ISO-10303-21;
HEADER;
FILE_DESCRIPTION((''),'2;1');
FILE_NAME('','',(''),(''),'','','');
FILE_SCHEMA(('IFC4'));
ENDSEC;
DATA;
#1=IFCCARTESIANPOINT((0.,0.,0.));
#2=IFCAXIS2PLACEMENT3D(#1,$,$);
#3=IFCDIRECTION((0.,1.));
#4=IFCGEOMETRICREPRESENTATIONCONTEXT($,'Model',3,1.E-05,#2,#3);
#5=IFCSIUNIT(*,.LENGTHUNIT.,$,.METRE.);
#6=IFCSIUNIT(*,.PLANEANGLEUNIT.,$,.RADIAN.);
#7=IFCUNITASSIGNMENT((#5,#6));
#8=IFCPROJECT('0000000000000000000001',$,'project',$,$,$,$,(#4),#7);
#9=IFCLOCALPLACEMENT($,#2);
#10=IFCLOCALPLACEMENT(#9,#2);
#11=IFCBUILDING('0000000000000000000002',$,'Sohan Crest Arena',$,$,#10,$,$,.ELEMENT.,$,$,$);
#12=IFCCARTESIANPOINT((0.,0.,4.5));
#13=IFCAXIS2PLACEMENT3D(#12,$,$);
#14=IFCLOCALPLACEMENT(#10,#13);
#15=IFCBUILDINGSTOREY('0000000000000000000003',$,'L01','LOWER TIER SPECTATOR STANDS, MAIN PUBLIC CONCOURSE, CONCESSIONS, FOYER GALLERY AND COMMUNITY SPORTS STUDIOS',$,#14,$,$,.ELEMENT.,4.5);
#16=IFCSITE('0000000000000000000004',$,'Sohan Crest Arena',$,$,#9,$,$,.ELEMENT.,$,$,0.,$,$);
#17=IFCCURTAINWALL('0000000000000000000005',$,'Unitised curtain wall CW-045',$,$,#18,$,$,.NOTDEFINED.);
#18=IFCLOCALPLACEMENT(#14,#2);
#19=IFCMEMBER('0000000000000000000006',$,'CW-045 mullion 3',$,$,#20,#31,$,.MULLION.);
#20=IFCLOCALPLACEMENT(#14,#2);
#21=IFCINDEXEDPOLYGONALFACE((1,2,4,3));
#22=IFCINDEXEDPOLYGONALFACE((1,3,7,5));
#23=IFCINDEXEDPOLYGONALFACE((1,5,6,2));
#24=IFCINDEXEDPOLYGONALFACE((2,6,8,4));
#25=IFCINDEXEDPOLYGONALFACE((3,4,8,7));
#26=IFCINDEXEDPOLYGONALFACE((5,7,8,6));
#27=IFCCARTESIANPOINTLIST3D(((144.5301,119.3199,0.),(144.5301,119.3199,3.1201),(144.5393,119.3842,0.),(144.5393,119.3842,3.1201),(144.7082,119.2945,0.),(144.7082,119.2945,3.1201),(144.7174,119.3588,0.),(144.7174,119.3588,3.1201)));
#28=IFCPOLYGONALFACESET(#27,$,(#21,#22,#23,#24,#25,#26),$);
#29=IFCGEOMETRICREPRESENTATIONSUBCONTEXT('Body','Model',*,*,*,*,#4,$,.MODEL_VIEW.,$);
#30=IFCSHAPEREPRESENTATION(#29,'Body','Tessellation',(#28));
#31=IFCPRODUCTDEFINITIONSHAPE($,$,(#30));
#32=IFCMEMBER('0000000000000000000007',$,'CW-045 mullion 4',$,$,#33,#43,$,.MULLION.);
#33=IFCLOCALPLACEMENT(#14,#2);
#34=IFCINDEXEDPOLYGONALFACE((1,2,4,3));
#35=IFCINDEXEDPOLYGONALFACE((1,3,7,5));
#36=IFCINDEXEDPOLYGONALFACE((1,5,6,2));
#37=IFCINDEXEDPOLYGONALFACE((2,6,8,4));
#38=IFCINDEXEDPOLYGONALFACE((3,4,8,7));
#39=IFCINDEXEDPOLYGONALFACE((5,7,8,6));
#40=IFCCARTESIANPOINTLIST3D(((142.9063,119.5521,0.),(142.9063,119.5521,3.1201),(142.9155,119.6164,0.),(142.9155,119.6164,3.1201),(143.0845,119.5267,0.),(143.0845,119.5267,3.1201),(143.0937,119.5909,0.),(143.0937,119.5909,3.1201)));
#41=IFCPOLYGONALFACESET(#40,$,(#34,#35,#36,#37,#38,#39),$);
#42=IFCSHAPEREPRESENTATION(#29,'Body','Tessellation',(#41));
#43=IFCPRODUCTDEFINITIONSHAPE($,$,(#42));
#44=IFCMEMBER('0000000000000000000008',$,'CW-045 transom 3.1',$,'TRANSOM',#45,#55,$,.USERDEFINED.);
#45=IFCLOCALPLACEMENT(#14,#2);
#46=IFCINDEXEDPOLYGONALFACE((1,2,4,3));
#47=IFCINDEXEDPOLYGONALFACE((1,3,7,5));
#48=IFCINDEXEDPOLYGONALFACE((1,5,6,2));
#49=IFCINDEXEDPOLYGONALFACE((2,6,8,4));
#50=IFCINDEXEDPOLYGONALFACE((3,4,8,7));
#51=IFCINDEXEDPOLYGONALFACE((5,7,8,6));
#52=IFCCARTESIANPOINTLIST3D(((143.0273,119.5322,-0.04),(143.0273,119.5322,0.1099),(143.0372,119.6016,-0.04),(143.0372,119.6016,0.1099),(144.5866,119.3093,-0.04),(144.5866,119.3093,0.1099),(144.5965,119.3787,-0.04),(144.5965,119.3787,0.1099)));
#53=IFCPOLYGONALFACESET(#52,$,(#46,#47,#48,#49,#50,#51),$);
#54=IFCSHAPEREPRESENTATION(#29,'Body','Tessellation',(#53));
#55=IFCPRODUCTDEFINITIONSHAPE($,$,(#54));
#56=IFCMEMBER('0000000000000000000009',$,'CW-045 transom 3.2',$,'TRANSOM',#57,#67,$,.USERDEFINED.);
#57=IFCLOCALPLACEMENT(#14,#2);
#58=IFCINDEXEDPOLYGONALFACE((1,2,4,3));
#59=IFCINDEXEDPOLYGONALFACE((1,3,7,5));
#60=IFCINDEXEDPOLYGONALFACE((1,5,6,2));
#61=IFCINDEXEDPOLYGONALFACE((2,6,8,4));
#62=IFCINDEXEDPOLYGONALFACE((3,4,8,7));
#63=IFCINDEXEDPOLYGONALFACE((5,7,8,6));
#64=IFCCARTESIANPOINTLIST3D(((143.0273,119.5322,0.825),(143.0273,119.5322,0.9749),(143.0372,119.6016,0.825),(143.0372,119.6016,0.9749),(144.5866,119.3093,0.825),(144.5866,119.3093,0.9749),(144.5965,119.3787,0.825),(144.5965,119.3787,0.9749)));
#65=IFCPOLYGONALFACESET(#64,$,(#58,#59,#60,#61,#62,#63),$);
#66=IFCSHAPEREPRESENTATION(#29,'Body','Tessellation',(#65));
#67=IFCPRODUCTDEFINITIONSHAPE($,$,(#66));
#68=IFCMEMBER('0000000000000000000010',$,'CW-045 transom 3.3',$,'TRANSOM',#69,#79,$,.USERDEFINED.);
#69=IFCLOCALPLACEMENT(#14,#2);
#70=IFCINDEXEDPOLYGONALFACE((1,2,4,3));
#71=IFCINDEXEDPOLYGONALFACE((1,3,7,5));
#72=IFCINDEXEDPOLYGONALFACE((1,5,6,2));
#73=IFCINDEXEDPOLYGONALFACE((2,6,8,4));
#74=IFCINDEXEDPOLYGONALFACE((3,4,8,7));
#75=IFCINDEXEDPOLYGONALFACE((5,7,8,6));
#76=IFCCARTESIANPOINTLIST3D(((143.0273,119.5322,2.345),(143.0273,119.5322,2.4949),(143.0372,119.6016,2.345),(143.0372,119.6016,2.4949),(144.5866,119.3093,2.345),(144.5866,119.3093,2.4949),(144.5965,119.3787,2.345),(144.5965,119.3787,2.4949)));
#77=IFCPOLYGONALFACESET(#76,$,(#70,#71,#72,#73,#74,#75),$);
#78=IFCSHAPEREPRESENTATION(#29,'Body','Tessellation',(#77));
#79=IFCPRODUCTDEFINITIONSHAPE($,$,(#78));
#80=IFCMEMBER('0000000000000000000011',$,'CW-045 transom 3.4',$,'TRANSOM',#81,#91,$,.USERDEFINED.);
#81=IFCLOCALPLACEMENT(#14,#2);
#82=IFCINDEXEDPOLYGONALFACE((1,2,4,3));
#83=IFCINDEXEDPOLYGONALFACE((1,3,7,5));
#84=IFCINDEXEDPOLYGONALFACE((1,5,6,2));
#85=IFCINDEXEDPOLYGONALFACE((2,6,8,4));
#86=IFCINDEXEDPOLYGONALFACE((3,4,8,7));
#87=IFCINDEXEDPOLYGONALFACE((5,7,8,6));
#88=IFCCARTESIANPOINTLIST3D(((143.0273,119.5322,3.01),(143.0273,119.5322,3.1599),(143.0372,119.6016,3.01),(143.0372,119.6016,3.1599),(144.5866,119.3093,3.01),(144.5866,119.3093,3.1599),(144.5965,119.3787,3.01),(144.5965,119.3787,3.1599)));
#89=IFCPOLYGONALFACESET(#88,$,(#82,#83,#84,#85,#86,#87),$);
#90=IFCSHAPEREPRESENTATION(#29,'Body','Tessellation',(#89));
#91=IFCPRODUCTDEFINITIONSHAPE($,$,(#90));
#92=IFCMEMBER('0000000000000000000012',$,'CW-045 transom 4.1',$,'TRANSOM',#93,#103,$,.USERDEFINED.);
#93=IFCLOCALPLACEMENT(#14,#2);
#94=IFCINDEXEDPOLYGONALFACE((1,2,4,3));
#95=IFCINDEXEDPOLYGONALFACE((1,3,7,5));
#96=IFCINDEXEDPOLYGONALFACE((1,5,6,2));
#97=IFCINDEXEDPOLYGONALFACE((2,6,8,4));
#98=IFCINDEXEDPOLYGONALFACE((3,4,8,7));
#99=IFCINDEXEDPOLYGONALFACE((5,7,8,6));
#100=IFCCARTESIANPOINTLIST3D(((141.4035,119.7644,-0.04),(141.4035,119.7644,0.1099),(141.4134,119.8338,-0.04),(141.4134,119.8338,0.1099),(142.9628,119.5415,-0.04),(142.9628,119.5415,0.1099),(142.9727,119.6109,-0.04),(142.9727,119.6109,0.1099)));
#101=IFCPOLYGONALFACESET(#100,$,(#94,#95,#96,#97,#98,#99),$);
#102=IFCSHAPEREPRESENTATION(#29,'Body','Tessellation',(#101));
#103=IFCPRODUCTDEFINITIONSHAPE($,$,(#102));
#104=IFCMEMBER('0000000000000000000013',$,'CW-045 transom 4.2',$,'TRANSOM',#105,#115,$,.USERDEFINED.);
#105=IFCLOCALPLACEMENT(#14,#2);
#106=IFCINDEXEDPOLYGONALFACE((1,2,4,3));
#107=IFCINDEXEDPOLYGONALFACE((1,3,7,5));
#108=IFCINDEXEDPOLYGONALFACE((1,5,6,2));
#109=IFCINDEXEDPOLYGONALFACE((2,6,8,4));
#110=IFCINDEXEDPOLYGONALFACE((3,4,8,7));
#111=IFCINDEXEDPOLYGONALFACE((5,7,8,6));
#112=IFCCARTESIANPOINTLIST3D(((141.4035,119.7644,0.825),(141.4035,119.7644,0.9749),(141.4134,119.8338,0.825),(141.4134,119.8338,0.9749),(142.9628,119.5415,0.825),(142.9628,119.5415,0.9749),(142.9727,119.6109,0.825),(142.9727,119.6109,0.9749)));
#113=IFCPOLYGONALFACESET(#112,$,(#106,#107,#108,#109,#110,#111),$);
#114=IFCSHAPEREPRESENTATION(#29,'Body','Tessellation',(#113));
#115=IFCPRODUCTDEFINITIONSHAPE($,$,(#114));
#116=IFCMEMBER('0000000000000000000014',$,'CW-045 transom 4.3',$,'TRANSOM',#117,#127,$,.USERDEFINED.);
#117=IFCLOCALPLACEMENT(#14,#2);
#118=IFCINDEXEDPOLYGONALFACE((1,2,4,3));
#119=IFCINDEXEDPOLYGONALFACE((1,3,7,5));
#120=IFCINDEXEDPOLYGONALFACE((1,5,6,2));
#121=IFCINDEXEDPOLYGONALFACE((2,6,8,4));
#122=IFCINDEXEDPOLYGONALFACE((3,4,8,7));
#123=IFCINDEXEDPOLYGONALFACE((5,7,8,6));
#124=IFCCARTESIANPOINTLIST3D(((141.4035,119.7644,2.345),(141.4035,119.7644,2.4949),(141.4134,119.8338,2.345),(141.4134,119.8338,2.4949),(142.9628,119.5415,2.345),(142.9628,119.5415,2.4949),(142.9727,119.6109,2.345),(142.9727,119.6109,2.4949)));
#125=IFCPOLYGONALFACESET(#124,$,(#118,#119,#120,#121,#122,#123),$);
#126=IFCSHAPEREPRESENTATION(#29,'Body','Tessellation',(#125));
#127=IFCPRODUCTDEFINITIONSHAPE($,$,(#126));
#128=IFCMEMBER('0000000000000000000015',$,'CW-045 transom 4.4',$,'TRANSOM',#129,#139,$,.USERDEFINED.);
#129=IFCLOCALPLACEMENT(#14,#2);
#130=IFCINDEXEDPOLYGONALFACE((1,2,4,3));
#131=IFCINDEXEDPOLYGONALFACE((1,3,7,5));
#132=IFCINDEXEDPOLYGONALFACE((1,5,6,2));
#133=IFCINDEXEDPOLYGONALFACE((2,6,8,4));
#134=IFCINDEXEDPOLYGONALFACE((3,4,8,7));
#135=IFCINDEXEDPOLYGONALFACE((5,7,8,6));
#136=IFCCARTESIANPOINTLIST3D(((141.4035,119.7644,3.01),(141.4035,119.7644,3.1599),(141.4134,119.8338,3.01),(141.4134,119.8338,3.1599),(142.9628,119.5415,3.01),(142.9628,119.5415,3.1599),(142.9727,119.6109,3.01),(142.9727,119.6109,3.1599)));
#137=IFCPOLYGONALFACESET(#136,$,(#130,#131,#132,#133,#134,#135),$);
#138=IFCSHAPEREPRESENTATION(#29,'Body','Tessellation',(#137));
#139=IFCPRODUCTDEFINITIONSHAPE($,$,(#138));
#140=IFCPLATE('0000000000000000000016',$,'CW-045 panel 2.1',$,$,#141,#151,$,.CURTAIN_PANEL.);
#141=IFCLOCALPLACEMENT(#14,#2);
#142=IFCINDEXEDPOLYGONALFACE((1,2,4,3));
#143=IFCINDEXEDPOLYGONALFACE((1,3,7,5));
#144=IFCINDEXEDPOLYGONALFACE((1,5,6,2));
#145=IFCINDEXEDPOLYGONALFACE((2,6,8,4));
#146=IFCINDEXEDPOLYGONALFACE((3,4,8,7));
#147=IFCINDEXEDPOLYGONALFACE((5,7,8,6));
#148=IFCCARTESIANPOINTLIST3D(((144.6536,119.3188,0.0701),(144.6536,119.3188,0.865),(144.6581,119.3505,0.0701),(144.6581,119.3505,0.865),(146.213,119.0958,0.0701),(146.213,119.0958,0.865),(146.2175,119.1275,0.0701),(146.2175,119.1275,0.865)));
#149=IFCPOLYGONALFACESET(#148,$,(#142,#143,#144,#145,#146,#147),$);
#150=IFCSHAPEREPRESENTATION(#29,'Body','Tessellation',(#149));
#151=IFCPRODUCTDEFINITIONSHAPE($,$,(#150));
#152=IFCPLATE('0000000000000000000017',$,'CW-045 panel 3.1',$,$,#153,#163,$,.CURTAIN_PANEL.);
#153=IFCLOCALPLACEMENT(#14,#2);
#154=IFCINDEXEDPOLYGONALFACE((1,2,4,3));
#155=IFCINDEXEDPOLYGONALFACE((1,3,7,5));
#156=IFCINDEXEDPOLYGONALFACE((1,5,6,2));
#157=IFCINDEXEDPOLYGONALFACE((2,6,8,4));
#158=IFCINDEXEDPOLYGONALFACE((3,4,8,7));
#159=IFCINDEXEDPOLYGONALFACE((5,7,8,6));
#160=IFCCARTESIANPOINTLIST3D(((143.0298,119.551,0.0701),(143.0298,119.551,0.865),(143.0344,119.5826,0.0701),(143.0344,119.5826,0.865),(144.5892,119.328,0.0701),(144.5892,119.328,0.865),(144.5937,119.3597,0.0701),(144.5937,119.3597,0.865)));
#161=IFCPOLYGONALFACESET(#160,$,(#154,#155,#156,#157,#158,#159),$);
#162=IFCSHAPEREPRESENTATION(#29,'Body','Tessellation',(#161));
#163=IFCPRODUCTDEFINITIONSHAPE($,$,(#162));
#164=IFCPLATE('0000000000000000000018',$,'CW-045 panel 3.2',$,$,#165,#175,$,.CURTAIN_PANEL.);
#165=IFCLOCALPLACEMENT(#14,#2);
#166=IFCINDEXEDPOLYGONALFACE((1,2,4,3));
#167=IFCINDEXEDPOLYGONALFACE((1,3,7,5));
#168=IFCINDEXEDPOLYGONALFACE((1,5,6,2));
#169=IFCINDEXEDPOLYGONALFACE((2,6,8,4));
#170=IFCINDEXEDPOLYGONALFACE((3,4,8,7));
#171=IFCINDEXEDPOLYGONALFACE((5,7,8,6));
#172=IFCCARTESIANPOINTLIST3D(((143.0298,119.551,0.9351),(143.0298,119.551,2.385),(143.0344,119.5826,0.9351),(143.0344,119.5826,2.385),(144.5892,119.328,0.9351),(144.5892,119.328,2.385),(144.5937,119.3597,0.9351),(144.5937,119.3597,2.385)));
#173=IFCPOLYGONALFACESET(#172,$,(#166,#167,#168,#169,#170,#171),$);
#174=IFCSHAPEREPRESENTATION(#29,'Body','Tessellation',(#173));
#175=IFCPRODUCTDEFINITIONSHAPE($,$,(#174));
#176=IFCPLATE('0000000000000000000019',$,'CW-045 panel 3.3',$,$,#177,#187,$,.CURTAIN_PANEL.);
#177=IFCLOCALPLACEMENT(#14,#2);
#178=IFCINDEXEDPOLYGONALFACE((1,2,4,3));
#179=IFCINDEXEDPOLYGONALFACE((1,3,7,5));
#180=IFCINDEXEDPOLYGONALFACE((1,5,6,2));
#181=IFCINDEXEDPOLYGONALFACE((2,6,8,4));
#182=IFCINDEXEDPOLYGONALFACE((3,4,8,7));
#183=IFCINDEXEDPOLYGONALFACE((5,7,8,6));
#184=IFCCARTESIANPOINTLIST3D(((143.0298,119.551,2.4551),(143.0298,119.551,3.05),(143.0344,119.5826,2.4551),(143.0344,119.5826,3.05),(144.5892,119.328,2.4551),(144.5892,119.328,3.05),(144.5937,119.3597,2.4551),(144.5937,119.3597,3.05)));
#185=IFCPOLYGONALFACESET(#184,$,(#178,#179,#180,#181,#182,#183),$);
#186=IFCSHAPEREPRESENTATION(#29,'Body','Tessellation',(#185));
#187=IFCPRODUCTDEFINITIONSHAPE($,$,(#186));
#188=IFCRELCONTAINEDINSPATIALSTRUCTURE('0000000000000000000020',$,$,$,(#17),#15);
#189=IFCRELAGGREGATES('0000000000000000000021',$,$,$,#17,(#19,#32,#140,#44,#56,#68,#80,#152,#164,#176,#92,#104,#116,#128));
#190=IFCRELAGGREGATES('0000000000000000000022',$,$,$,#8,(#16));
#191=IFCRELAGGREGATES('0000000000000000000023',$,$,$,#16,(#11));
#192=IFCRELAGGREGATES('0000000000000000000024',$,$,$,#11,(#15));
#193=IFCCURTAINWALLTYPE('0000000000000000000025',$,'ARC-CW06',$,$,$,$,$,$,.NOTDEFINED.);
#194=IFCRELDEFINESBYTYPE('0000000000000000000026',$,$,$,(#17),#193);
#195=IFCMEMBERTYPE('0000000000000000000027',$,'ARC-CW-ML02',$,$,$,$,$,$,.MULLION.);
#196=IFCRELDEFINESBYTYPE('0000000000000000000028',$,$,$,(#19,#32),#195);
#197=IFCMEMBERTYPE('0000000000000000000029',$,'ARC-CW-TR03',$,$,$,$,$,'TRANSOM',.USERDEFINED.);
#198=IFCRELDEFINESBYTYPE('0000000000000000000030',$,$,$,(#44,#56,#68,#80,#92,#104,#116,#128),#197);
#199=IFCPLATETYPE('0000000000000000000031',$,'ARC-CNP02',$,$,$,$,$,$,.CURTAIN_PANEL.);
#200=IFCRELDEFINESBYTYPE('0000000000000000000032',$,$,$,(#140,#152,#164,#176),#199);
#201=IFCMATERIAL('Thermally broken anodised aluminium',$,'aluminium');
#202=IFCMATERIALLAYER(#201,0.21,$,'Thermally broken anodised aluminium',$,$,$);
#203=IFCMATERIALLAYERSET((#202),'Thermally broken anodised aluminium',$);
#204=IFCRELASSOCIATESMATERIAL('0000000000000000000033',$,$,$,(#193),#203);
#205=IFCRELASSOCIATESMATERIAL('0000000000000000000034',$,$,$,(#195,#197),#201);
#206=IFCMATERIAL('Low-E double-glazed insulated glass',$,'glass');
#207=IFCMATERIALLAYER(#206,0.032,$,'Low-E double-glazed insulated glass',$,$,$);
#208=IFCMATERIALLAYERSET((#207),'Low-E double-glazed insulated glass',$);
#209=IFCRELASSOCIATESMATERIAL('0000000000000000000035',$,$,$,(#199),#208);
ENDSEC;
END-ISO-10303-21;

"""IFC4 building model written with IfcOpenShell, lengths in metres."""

from ifc_helpers import new_model, si_unit, direction, frame, origin, origin_2d, place, context, subcontext, project, spatial, rectangle, extrude, material, layer, layer_set, material_profile, profile_set, type_object, element, aggregate, save


model = new_model("IFC4")

# Units and contexts
model_context = context("Model", 3, precision=1e-05, world=origin(), true_north=direction((0.0, 1.0)))
body_context = subcontext(model_context, "Body", "Model", "MODEL_VIEW")
ifc_project = project(units=[si_unit("LENGTHUNIT", "METRE"), si_unit("PLANEANGLEUNIT", "RADIAN")], contexts=[model_context])

# Site, building, storey
site_placement = place(None, origin())
site = spatial("IfcSite", under=ifc_project, at=site_placement, Name="Sohan Crest Arena", CompositionType="ELEMENT", RefElevation=0.0)
building_placement = place(site_placement, origin())
building = spatial("IfcBuilding", under=site, at=building_placement, Name="Sohan Crest Arena", CompositionType="ELEMENT")
storey_placement = place(building_placement, frame((0.0, 0.0, 4.5)))
storey = spatial("IfcBuildingStorey", under=building, at=storey_placement, Name="L01", Description="LOWER TIER SPECTATOR STANDS, MAIN PUBLIC CONCOURSE, CONCESSIONS, FOYER GALLERY AND COMMUNITY SPORTS STUDIOS", CompositionType="ELEMENT", Elevation=4.5)

# Curtain wall, members, plates
ifc_material_1 = material(Name="Thermally broken anodised aluminium", Category="aluminium")
ifc_layer_1 = layer(ifc_material_1, 0.21, Name="Thermally broken anodised aluminium")
ifc_layer_set_1 = layer_set([ifc_layer_1], Name="Thermally broken anodised aluminium")
curtain_wall_type = type_object("IfcCurtainWallType", Name="ARC-CW06", PredefinedType="NOTDEFINED", material=ifc_layer_set_1)
curtain_wall_placement = place(storey_placement, origin())
curtain_wall = element("IfcCurtainWall", 1, at=curtain_wall_placement, inside=storey, type_object=curtain_wall_type, Name="Unitised curtain wall CW-045", PredefinedType="NOTDEFINED")
ifc_material_profile_1 = material_profile(ifc_material_1, rectangle(XDim=0.0649, YDim=0.1799, at=origin_2d()), Name="ALU-MULL 65x180")
ifc_profile_set_1 = profile_set([ifc_material_profile_1], Name="Thermally broken anodised aluminium")
member_type_1 = type_object("IfcMemberType", Name="ARC-CW-ML02", PredefinedType="MULLION", material=ifc_profile_set_1)
member_1_placement = place(storey_placement, frame((144.6238, 119.3394, 0.0), z_axis=(0.0, 0.0, 1.0), x_axis=(-0.141549, -0.989931, 0.0)))
member_1 = element("IfcMember", 2, at=member_1_placement, type_object=member_type_1, Name="CW-045 mullion 3", PredefinedType="MULLION", context=body_context, shape_type="SweptSolid", body=[
    extrude(rectangle(XDim=0.0649, YDim=0.1799, at=origin_2d()), origin(), (0.0, 0.0, 1.0), 3.1201),
])
member_2_placement = place(storey_placement, frame((143.0, 119.5715, 0.0), z_axis=(0.0, 0.0, 1.0), x_axis=(-0.141549, -0.989931, 0.0)))
member_2 = element("IfcMember", 3, at=member_2_placement, type_object=member_type_1, Name="CW-045 mullion 4", PredefinedType="MULLION", context=body_context, shape_type="SweptSolid", body=[
    extrude(rectangle(XDim=0.0649, YDim=0.1799, at=origin_2d()), origin(), (0.0, 0.0, 1.0), 3.1201),
])
ifc_material_profile_2 = material_profile(ifc_material_1, rectangle(XDim=0.0701, YDim=0.1499, at=origin_2d()), Name="ALU-TRAN 70x150")
ifc_profile_set_2 = profile_set([ifc_material_profile_2], Name="Thermally broken anodised aluminium")
member_type_2 = type_object("IfcMemberType", Name="ARC-CW-TR03", ElementType="TRANSOM", PredefinedType="USERDEFINED", material=ifc_profile_set_2)
member_3_placement = place(storey_placement, frame((144.5916, 119.344, 0.0349), z_axis=(-0.989937, 0.141508, 0.0), x_axis=(-0.141508, -0.989937, 0.0)))
member_3 = element("IfcMember", 4, at=member_3_placement, type_object=member_type_2, Name="CW-045 transom 3.1", ObjectType="TRANSOM", PredefinedType="USERDEFINED", context=body_context, shape_type="SweptSolid", body=[
    extrude(rectangle(XDim=0.0701, YDim=0.1499, at=origin_2d()), origin(), (0.0, 0.0, 1.0), 1.5752),
])
member_4_placement = place(storey_placement, frame((144.5916, 119.344, 0.8999), z_axis=(-0.989937, 0.141508, 0.0), x_axis=(-0.141508, -0.989937, 0.0)))
member_4 = element("IfcMember", 5, at=member_4_placement, type_object=member_type_2, Name="CW-045 transom 3.2", ObjectType="TRANSOM", PredefinedType="USERDEFINED", context=body_context, shape_type="SweptSolid", body=[
    extrude(rectangle(XDim=0.0701, YDim=0.1499, at=origin_2d()), origin(), (0.0, 0.0, 1.0), 1.5752),
])
member_5_placement = place(storey_placement, frame((144.5916, 119.344, 2.4199), z_axis=(-0.989937, 0.141508, 0.0), x_axis=(-0.141508, -0.989937, 0.0)))
member_5 = element("IfcMember", 6, at=member_5_placement, type_object=member_type_2, Name="CW-045 transom 3.3", ObjectType="TRANSOM", PredefinedType="USERDEFINED", context=body_context, shape_type="SweptSolid", body=[
    extrude(rectangle(XDim=0.0701, YDim=0.1499, at=origin_2d()), origin(), (0.0, 0.0, 1.0), 1.5752),
])
member_6_placement = place(storey_placement, frame((144.5916, 119.344, 3.085), z_axis=(-0.989937, 0.141508, 0.0), x_axis=(-0.141508, -0.989937, 0.0)))
member_6 = element("IfcMember", 7, at=member_6_placement, type_object=member_type_2, Name="CW-045 transom 3.4", ObjectType="TRANSOM", PredefinedType="USERDEFINED", context=body_context, shape_type="SweptSolid", body=[
    extrude(rectangle(XDim=0.0701, YDim=0.1499, at=origin_2d()), origin(), (0.0, 0.0, 1.0), 1.5752),
])
member_7_placement = place(storey_placement, frame((142.9678, 119.5762, 0.0349), z_axis=(-0.989937, 0.141508, 0.0), x_axis=(-0.141508, -0.989937, 0.0)))
member_7 = element("IfcMember", 8, at=member_7_placement, type_object=member_type_2, Name="CW-045 transom 4.1", ObjectType="TRANSOM", PredefinedType="USERDEFINED", context=body_context, shape_type="SweptSolid", body=[
    extrude(rectangle(XDim=0.0701, YDim=0.1499, at=origin_2d()), origin(), (0.0, 0.0, 1.0), 1.5752),
])
member_8_placement = place(storey_placement, frame((142.9678, 119.5762, 0.8999), z_axis=(-0.989937, 0.141508, 0.0), x_axis=(-0.141508, -0.989937, 0.0)))
member_8 = element("IfcMember", 9, at=member_8_placement, type_object=member_type_2, Name="CW-045 transom 4.2", ObjectType="TRANSOM", PredefinedType="USERDEFINED", context=body_context, shape_type="SweptSolid", body=[
    extrude(rectangle(XDim=0.0701, YDim=0.1499, at=origin_2d()), origin(), (0.0, 0.0, 1.0), 1.5752),
])
member_9_placement = place(storey_placement, frame((142.9678, 119.5762, 2.4199), z_axis=(-0.989937, 0.141508, 0.0), x_axis=(-0.141508, -0.989937, 0.0)))
member_9 = element("IfcMember", 10, at=member_9_placement, type_object=member_type_2, Name="CW-045 transom 4.3", ObjectType="TRANSOM", PredefinedType="USERDEFINED", context=body_context, shape_type="SweptSolid", body=[
    extrude(rectangle(XDim=0.0701, YDim=0.1499, at=origin_2d()), origin(), (0.0, 0.0, 1.0), 1.5752),
])
member_10_placement = place(storey_placement, frame((142.9678, 119.5762, 3.085), z_axis=(-0.989937, 0.141508, 0.0), x_axis=(-0.141508, -0.989937, 0.0)))
member_10 = element("IfcMember", 11, at=member_10_placement, type_object=member_type_2, Name="CW-045 transom 4.4", ObjectType="TRANSOM", PredefinedType="USERDEFINED", context=body_context, shape_type="SweptSolid", body=[
    extrude(rectangle(XDim=0.0701, YDim=0.1499, at=origin_2d()), origin(), (0.0, 0.0, 1.0), 1.5752),
])
ifc_material_2 = material(Name="Low-E double-glazed insulated glass", Category="glass")
ifc_layer_2 = layer(ifc_material_2, 0.032, Name="Low-E double-glazed insulated glass")
ifc_layer_set_2 = layer_set([ifc_layer_2], Name="Low-E double-glazed insulated glass")
plate_type = type_object("IfcPlateType", Name="ARC-CNP02", PredefinedType="CURTAIN_PANEL", material=ifc_layer_set_2)
plate_1_placement = place(storey_placement, frame((145.4355, 119.2231, 0.0701), z_axis=(0.0, 0.0, 1.0), x_axis=(-0.989931, 0.141549, 0.0)))
plate_1 = element("IfcPlate", 12, at=plate_1_placement, type_object=plate_type, Name="CW-045 panel 2.1", PredefinedType="CURTAIN_PANEL", context=body_context, shape_type="SweptSolid", body=[
    extrude(rectangle(XDim=1.5752, YDim=0.032, at=origin_2d()), origin(), (0.0, 0.0, 1.0), 0.7949),
])
plate_2_placement = place(storey_placement, frame((143.8118, 119.4553, 0.0701), z_axis=(0.0, 0.0, 1.0), x_axis=(-0.989931, 0.141549, 0.0)))
plate_2 = element("IfcPlate", 13, at=plate_2_placement, type_object=plate_type, Name="CW-045 panel 3.1", PredefinedType="CURTAIN_PANEL", context=body_context, shape_type="SweptSolid", body=[
    extrude(rectangle(XDim=1.5752, YDim=0.032, at=origin_2d()), origin(), (0.0, 0.0, 1.0), 0.7949),
])
plate_3_placement = place(storey_placement, frame((143.8118, 119.4553, 0.9351), z_axis=(0.0, 0.0, 1.0), x_axis=(-0.989931, 0.141549, 0.0)))
plate_3 = element("IfcPlate", 14, at=plate_3_placement, type_object=plate_type, Name="CW-045 panel 3.2", PredefinedType="CURTAIN_PANEL", context=body_context, shape_type="SweptSolid", body=[
    extrude(rectangle(XDim=1.5752, YDim=0.032, at=origin_2d()), origin(), (0.0, 0.0, 1.0), 1.45),
])
plate_4_placement = place(storey_placement, frame((143.8118, 119.4553, 2.4551), z_axis=(0.0, 0.0, 1.0), x_axis=(-0.989931, 0.141549, 0.0)))
plate_4 = element("IfcPlate", 15, at=plate_4_placement, type_object=plate_type, Name="CW-045 panel 3.3", PredefinedType="CURTAIN_PANEL", context=body_context, shape_type="SweptSolid", body=[
    extrude(rectangle(XDim=1.5752, YDim=0.032, at=origin_2d()), origin(), (0.0, 0.0, 1.0), 0.595),
])
aggregate(curtain_wall, [member_1, member_2, plate_1, member_3, member_4, member_5, member_6, plate_2, plate_3, plate_4, member_7, member_8, member_9, member_10])

save(model, "model.ifc")
